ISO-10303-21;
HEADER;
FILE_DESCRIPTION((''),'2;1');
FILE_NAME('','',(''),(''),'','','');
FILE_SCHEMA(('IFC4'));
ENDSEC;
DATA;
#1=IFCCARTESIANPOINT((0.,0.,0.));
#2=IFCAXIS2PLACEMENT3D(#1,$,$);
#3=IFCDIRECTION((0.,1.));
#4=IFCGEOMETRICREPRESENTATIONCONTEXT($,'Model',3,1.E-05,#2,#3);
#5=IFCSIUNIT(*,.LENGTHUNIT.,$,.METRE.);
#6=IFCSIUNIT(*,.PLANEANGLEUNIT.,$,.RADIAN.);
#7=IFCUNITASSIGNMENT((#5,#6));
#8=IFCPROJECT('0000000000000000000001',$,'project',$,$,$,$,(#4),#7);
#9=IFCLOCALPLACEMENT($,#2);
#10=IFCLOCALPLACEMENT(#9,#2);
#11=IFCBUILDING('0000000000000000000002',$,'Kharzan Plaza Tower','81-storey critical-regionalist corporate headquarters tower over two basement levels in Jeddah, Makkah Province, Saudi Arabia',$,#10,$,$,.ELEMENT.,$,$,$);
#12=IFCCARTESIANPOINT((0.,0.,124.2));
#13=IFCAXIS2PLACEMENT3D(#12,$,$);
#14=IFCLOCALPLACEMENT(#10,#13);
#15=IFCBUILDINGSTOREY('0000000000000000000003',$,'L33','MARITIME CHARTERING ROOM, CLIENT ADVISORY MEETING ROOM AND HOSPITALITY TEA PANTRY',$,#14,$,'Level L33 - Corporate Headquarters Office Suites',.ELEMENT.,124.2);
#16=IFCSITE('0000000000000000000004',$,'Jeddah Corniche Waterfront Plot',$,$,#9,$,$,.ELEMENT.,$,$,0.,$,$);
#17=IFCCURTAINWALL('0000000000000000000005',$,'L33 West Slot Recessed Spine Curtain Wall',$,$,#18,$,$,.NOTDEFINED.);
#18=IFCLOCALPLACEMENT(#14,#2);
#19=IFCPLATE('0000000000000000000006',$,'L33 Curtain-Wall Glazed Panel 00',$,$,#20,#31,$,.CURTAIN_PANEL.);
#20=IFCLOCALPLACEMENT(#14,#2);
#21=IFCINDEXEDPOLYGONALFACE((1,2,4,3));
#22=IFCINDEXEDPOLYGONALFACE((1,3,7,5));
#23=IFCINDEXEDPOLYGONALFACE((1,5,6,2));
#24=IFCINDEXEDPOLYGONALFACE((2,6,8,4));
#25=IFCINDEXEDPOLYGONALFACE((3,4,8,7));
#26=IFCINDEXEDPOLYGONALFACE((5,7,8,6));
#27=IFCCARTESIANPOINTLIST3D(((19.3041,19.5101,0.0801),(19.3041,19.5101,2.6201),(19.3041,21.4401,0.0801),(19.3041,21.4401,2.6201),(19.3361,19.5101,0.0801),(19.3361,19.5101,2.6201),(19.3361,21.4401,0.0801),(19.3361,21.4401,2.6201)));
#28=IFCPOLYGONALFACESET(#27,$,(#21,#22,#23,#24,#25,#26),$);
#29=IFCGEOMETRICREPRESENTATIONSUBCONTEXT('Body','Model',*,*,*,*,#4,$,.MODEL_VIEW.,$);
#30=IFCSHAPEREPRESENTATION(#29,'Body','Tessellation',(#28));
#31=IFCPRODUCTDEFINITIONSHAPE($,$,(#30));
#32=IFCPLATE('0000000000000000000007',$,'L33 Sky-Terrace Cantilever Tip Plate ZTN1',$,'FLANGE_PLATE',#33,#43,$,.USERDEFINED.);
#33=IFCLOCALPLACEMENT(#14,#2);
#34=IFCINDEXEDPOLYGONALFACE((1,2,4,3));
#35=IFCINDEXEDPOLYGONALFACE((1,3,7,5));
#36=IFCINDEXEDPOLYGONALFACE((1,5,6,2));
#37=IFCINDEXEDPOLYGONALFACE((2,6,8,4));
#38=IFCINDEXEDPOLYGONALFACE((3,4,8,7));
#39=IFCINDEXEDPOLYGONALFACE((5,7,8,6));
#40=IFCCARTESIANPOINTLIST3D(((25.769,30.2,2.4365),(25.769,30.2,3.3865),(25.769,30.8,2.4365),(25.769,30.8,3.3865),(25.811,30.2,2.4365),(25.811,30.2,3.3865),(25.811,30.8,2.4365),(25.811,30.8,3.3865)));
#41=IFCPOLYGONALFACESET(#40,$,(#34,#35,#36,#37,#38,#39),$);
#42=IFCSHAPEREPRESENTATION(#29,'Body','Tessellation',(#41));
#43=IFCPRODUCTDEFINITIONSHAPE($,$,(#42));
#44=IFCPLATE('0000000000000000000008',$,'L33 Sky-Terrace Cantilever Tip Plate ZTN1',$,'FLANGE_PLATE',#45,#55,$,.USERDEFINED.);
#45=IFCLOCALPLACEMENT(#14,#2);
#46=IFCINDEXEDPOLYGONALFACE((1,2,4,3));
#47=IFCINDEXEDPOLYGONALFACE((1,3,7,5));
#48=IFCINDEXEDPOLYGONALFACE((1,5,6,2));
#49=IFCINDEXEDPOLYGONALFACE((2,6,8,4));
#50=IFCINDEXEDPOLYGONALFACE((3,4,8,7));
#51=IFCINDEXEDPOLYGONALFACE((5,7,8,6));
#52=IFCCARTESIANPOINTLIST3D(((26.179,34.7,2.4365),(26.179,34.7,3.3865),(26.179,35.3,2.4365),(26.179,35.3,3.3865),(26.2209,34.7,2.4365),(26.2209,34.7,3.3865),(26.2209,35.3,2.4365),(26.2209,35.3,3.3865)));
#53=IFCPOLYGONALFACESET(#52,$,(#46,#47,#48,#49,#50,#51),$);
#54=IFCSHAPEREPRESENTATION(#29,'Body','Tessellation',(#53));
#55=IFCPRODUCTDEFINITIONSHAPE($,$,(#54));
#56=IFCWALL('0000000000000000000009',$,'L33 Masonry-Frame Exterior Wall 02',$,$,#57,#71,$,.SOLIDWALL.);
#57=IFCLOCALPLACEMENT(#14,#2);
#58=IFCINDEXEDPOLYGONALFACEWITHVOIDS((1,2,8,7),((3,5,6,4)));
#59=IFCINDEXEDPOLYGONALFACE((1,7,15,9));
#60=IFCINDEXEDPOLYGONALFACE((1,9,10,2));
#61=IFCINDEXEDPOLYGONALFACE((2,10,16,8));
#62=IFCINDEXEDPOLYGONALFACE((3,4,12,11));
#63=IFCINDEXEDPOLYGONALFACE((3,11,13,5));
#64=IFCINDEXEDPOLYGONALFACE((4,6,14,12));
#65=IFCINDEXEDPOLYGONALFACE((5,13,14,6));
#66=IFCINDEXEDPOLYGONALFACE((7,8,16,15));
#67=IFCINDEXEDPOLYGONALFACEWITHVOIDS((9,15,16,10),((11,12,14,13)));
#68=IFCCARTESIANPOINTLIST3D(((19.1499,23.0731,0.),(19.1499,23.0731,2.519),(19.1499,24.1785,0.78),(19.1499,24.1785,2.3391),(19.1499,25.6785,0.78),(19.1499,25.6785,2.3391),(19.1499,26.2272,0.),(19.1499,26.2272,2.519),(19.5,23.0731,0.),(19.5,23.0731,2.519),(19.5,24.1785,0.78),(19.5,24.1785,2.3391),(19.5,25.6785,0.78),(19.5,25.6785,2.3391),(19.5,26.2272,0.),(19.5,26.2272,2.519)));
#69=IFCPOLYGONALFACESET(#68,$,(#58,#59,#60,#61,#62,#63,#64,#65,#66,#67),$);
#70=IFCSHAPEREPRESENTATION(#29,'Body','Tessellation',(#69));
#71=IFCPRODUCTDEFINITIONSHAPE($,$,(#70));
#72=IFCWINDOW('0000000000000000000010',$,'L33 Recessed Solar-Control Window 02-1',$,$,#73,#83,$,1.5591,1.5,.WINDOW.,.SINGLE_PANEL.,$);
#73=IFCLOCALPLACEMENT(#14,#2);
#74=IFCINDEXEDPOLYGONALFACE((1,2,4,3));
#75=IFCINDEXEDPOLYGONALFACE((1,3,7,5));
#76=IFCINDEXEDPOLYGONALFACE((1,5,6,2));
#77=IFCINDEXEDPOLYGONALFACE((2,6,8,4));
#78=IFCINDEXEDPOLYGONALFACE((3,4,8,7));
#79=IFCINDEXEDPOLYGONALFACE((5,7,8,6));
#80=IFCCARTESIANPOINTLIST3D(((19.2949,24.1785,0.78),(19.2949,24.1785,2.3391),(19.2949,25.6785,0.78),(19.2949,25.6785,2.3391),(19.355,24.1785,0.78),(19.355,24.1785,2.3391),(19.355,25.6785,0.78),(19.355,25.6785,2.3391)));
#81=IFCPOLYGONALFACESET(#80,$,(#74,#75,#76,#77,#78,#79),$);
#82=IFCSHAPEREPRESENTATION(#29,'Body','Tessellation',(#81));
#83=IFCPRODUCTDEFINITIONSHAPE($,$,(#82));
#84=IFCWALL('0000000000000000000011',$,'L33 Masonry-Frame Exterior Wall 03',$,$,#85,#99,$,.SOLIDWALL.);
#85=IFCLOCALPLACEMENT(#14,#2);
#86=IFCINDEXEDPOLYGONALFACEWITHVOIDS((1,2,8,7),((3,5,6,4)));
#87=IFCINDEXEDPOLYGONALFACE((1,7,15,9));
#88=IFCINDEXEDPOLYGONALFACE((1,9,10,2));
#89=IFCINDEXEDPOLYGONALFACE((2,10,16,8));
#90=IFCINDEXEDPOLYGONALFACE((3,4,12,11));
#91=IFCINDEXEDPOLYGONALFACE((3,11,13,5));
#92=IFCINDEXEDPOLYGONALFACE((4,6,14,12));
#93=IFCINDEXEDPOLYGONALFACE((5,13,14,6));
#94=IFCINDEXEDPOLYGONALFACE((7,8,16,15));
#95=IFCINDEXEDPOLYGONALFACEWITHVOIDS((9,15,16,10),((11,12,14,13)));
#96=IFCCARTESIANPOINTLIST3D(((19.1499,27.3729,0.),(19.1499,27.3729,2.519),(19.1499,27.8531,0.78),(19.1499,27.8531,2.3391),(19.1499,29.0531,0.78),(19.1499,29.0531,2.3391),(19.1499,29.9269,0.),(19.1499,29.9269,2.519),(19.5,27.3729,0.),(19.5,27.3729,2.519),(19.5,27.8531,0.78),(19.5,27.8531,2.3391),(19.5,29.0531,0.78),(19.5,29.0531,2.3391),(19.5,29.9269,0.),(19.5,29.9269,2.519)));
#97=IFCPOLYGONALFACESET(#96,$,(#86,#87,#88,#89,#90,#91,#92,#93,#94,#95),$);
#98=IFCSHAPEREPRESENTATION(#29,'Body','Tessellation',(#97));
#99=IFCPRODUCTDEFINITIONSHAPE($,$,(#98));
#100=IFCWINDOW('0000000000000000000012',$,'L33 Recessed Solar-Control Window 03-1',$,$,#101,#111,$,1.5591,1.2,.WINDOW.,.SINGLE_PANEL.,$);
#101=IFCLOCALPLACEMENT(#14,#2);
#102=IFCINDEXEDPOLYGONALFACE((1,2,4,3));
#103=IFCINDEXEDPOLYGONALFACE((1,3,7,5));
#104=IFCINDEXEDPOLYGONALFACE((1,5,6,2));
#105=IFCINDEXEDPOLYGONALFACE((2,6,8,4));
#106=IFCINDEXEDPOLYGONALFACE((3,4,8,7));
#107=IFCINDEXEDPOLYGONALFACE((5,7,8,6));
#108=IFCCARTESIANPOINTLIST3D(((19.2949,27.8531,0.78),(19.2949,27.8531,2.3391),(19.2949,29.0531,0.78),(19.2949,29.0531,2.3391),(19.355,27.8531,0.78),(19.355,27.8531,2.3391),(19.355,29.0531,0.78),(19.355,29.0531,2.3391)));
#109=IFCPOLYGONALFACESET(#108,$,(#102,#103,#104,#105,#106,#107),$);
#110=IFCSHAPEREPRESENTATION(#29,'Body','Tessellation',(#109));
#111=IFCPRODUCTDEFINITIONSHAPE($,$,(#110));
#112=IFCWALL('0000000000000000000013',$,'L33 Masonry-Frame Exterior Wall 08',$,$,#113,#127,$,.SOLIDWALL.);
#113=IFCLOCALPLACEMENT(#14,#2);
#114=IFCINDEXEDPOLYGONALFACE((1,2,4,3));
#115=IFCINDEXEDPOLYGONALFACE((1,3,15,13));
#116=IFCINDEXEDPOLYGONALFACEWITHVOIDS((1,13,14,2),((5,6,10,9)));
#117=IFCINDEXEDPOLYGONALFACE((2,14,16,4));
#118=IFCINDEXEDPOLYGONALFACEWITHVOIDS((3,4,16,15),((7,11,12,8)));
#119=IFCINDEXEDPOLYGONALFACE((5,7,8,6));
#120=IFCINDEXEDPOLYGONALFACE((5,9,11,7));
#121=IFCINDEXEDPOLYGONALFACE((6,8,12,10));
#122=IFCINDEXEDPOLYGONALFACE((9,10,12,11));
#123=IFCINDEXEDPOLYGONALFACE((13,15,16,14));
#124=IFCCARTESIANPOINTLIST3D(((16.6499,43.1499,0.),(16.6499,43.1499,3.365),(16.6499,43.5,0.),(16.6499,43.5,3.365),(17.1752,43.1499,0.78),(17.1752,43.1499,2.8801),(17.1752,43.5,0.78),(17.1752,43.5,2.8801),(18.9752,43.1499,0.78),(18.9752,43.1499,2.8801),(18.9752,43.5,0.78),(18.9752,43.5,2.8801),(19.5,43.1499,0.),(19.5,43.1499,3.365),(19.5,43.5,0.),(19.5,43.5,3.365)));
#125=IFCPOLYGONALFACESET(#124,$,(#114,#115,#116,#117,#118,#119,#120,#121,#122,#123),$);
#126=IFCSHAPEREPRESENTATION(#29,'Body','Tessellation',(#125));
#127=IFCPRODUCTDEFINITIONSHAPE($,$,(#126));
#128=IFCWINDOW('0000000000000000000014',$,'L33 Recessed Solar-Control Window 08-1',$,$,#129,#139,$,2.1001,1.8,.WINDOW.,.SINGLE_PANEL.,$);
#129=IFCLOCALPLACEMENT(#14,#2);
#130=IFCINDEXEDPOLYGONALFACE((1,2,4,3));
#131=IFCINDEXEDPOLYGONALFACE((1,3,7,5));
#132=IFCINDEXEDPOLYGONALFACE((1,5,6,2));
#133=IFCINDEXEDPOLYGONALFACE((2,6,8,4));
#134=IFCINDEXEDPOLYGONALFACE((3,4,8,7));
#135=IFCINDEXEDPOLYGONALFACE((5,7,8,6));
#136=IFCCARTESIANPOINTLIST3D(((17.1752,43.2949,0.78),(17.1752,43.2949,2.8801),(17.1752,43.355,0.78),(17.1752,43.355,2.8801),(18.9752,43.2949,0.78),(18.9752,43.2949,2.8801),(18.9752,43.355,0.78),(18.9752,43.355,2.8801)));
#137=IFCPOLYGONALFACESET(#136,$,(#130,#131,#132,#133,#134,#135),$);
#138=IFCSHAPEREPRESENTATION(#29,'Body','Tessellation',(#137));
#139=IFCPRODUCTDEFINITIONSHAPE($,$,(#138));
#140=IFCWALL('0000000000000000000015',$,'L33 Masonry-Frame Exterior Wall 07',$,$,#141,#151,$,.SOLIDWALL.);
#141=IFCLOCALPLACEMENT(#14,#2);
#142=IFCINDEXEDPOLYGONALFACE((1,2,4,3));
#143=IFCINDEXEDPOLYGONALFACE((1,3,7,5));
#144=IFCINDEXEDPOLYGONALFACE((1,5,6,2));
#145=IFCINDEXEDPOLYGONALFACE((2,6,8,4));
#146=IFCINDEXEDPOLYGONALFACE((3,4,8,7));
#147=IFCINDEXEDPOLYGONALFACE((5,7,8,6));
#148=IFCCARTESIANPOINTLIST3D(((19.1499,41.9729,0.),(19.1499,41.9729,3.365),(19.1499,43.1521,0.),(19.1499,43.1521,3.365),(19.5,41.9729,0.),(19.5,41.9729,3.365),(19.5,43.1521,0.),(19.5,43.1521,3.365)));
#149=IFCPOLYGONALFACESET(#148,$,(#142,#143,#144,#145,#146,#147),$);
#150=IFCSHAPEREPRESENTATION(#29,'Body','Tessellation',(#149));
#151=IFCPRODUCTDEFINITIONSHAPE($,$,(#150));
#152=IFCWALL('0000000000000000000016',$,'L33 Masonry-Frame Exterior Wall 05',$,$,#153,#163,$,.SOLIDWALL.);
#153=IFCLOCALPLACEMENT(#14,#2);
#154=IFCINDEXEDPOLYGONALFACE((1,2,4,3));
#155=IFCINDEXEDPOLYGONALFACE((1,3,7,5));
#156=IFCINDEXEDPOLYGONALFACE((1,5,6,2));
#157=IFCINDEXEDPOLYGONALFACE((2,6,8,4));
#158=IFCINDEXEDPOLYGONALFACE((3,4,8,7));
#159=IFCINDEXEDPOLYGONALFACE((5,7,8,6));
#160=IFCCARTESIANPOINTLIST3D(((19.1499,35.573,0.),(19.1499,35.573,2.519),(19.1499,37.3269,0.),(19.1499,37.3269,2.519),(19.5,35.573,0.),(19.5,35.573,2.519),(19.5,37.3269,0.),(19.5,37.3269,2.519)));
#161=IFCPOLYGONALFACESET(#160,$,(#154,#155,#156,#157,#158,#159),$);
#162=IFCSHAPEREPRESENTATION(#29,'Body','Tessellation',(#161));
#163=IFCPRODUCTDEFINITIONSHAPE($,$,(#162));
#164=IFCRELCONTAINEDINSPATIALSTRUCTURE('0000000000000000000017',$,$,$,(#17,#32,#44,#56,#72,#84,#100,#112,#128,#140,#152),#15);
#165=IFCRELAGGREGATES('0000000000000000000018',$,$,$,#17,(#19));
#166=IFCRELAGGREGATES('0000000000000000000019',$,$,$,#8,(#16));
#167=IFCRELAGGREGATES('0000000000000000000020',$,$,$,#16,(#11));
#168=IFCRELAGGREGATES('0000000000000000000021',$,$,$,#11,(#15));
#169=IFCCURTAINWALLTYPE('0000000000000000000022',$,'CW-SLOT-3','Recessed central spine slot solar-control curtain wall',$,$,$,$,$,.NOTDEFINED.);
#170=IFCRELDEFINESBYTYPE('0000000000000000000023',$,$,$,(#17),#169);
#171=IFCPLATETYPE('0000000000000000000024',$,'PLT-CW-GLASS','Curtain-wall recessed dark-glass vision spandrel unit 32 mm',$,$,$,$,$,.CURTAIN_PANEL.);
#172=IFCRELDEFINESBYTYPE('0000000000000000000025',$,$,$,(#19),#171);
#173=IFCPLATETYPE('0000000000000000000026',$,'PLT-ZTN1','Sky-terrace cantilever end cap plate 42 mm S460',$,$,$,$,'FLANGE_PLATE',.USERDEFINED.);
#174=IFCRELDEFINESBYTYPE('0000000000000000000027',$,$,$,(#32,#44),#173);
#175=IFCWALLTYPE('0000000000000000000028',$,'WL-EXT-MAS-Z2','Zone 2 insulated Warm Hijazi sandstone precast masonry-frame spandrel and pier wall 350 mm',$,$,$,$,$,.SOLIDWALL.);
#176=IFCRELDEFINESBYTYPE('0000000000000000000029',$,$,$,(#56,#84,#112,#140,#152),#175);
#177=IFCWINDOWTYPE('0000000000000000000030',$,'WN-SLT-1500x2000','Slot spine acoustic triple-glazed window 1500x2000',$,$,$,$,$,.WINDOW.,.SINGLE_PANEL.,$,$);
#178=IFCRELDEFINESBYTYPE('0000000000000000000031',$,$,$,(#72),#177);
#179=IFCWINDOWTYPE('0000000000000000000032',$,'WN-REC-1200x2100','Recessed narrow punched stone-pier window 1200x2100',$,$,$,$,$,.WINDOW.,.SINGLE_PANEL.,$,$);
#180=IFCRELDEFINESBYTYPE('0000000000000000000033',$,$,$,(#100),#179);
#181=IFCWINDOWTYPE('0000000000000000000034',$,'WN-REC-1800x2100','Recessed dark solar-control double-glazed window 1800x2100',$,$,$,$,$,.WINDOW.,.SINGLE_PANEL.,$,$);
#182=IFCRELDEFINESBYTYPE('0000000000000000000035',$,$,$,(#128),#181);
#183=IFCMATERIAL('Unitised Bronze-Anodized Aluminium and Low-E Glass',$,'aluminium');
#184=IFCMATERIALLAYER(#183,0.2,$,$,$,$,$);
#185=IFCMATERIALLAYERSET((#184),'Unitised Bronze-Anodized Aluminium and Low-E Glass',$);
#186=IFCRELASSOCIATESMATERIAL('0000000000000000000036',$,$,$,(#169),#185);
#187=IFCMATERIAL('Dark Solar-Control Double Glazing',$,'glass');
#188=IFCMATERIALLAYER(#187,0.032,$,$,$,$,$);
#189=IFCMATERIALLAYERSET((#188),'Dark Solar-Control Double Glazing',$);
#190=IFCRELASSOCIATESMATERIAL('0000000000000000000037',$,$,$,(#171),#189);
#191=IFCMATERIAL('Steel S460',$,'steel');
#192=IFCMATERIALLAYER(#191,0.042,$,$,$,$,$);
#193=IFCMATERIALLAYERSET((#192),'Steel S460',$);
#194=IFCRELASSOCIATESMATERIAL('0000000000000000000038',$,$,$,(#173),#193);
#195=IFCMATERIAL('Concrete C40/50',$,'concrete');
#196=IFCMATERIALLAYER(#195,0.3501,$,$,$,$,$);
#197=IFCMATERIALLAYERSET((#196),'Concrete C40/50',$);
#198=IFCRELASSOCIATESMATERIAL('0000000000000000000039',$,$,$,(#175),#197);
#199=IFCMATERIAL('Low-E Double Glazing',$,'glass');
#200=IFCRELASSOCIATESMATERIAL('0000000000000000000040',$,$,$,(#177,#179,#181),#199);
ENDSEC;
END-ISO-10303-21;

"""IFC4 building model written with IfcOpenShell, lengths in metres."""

from ifc_helpers import new_model, si_unit, direction, frame, frame_2d, origin, origin_2d, place, context, subcontext, project, spatial, rectangle, extrude, source, transform, mapped, material, layer, layer_set, type_object, element, fill, aggregate, save


model = new_model("IFC4")

# Units and contexts
model_context = context("Model", 3, precision=1e-05, world=origin(), true_north=direction((0.0, 1.0)))
body_context = subcontext(model_context, "Body", "Model", "MODEL_VIEW")
ifc_project = project(units=[si_unit("LENGTHUNIT", "METRE"), si_unit("PLANEANGLEUNIT", "RADIAN")], contexts=[model_context])

# Site, building, storey
site_placement = place(None, origin())
site = spatial("IfcSite", under=ifc_project, at=site_placement, Name="Jeddah Corniche Waterfront Plot", CompositionType="ELEMENT", RefElevation=0.0)
building_placement = place(site_placement, origin())
building = spatial("IfcBuilding", under=site, at=building_placement, Name="Kharzan Plaza Tower", Description="81-storey critical-regionalist corporate headquarters tower over two basement levels in Jeddah, Makkah Province, Saudi Arabia", CompositionType="ELEMENT")
storey_placement = place(building_placement, frame((0.0, 0.0, 124.2)))
storey = spatial("IfcBuildingStorey", under=building, at=storey_placement, Name="L33", Description="MARITIME CHARTERING ROOM, CLIENT ADVISORY MEETING ROOM AND HOSPITALITY TEA PANTRY", LongName="Level L33 - Corporate Headquarters Office Suites", CompositionType="ELEMENT", Elevation=124.2)

# Curtain wall, plate
ifc_material_1 = material(Name="Unitised Bronze-Anodized Aluminium and Low-E Glass", Category="aluminium")
ifc_layer_1 = layer(ifc_material_1, 0.2)
ifc_layer_set_1 = layer_set([ifc_layer_1], Name="Unitised Bronze-Anodized Aluminium and Low-E Glass")
curtain_wall_type = type_object("IfcCurtainWallType", Name="CW-SLOT-3", Description="Recessed central spine slot solar-control curtain wall", PredefinedType="NOTDEFINED", material=ifc_layer_set_1)
curtain_wall_placement = place(storey_placement, origin())
curtain_wall = element("IfcCurtainWall", 1, at=curtain_wall_placement, inside=storey, type_object=curtain_wall_type, Name="L33 West Slot Recessed Spine Curtain Wall", PredefinedType="NOTDEFINED")
ifc_material_2 = material(Name="Dark Solar-Control Double Glazing", Category="glass")
ifc_layer_2 = layer(ifc_material_2, 0.032)
ifc_layer_set_2 = layer_set([ifc_layer_2], Name="Dark Solar-Control Double Glazing")
plate_type_1 = type_object("IfcPlateType", Name="PLT-CW-GLASS", Description="Curtain-wall recessed dark-glass vision spandrel unit 32 mm", PredefinedType="CURTAIN_PANEL", material=ifc_layer_set_2)
shared_shape_1 = source(origin(), body_context, "Body", "SweptSolid", [
    extrude(rectangle(XDim=1.9299, YDim=0.032, at=origin_2d()), origin(), (0.0, 0.0, 1.0), 2.54),
])
plate_placement = place(storey_placement, frame((19.3201, 20.4751, 0.0801), z_axis=(0.0, 0.0, 1.0), x_axis=(0.0, 1.0, 0.0)))
plate = element("IfcPlate", 2, at=plate_placement, type_object=plate_type_1, Name="L33 Curtain-Wall Glazed Panel 00", PredefinedType="CURTAIN_PANEL", context=body_context, shape_type="MappedRepresentation", body=[
    mapped(shared_shape_1, transform((0.0, 0.0, 0.0), x_axis=(1.0, 0.0, 0.0), y_axis=(0.0, 1.0, 0.0), z_axis=(0.0, 0.0, 1.0))),
])
aggregate(curtain_wall, [plate])

# Plates
ifc_material_3 = material(Name="Steel S460", Category="steel")
ifc_layer_3 = layer(ifc_material_3, 0.042)
ifc_layer_set_3 = layer_set([ifc_layer_3], Name="Steel S460")
plate_type_2 = type_object("IfcPlateType", Name="PLT-ZTN1", Description="Sky-terrace cantilever end cap plate 42 mm S460", ElementType="FLANGE_PLATE", PredefinedType="USERDEFINED", material=ifc_layer_set_3)
shared_shape_2 = source(origin(), body_context, "Body", "SweptSolid", [
    extrude(rectangle(XDim=0.6001, YDim=0.042, at=origin_2d()), origin(), (0.0, 0.0, 1.0), 0.95),
])
for number, where, z_axis, x_axis, name in (
    (3, (25.79, 30.5, 2.4365), (0.0, 0.0, 1.0), (0.0, 1.0, 0.0), "L33 Sky-Terrace Cantilever Tip Plate ZTN1"),
    (4, (26.2, 35.0, 2.4365), (0.0, 0.0, 1.0), (0.0, 1.0, 0.0), "L33 Sky-Terrace Cantilever Tip Plate ZTN1"),
):
    element("IfcPlate", number, at=place(storey_placement, frame(where, z_axis=z_axis, x_axis=x_axis)), inside=storey, type_object=plate_type_2, Name=name, ObjectType="FLANGE_PLATE", PredefinedType="USERDEFINED", context=body_context, shape_type="MappedRepresentation", body=[
        mapped(shared_shape_2, transform((0.0, 0.0, 0.0), x_axis=(1.0, 0.0, 0.0), y_axis=(0.0, 1.0, 0.0), z_axis=(0.0, 0.0, 1.0))),
    ])

# Walls, openings, windows
ifc_material_4 = material(Name="Concrete C40/50", Category="concrete")
ifc_layer_4 = layer(ifc_material_4, 0.3501)
ifc_layer_set_4 = layer_set([ifc_layer_4], Name="Concrete C40/50")
wall_type_1 = type_object("IfcWallType", Name="WL-EXT-MAS-Z2", Description="Zone 2 insulated Warm Hijazi sandstone precast masonry-frame spandrel and pier wall 350 mm", PredefinedType="SOLIDWALL", material=ifc_layer_set_4)
wall_1_placement = place(storey_placement, frame((19.325, 23.073, 0.0), z_axis=(0.0, 0.0, 1.0), x_axis=(0.0, 1.0, 0.0)))
wall_1 = element("IfcWall", 5, at=wall_1_placement, inside=storey, type_object=wall_type_1, Name="L33 Masonry-Frame Exterior Wall 02", PredefinedType="SOLIDWALL", context=body_context, shape_type="SweptSolid", body=[
    extrude(rectangle(XDim=3.1541, YDim=0.3501, at=frame_2d((1.5771, 0.0))), origin(), (0.0, 0.0, 1.0), 2.519),
])
opening_1_placement = place(wall_1_placement, frame((1.1055, 0.0, 0.78)))
opening_1 = element("IfcOpeningElement", 6, at=opening_1_placement, cuts=wall_1, PredefinedType="OPENING", context=body_context, shape_type="SweptSolid", body=[
    extrude(rectangle(XDim=1.5, YDim=1.5591, at=frame_2d((0.75, 0.7795))), frame((0.0, 0.1851, 0.0), z_axis=(0.0, -1.0, 0.0), x_axis=(1.0, 0.0, 0.0)), (0.0, 0.0, 1.0), 0.3701),
])
ifc_material_5 = material(Name="Low-E Double Glazing", Category="glass")
window_type_1 = type_object("IfcWindowType", Name="WN-SLT-1500x2000", Description="Slot spine acoustic triple-glazed window 1500x2000", PartitioningType="SINGLE_PANEL", PredefinedType="WINDOW", material=ifc_material_5)
shared_shape_3 = source(origin(), body_context, "Body", "SweptSolid", [
    extrude(rectangle(XDim=1.5, YDim=1.5591, at=frame_2d((0.75, 0.7795))), frame((0.0, 0.03, 0.0), z_axis=(0.0, -1.0, 0.0), x_axis=(1.0, 0.0, 0.0)), (0.0, 0.0, 1.0), 0.0601),
])
window_1_placement = place(opening_1_placement, origin())
window_1 = element("IfcWindow", 7, at=window_1_placement, inside=storey, type_object=window_type_1, Name="L33 Recessed Solar-Control Window 02-1", OverallHeight=1.5591, OverallWidth=1.5, PartitioningType="SINGLE_PANEL", PredefinedType="WINDOW", context=body_context, shape_type="MappedRepresentation", body=[
    mapped(shared_shape_3, transform((0.0, 0.0, 0.0), x_axis=(1.0, 0.0, 0.0), y_axis=(0.0, 1.0, 0.0), z_axis=(0.0, 0.0, 1.0))),
])
fill(opening_1, window_1)
wall_2_placement = place(storey_placement, frame((19.325, 27.373, 0.0), z_axis=(0.0, 0.0, 1.0), x_axis=(0.0, 1.0, 0.0)))
wall_2 = element("IfcWall", 8, at=wall_2_placement, inside=storey, type_object=wall_type_1, Name="L33 Masonry-Frame Exterior Wall 03", PredefinedType="SOLIDWALL", context=body_context, shape_type="SweptSolid", body=[
    extrude(rectangle(XDim=2.554, YDim=0.3501, at=frame_2d((1.2769, 0.0))), origin(), (0.0, 0.0, 1.0), 2.519),
])
opening_2_placement = place(wall_2_placement, frame((0.48, 0.0, 0.78)))
opening_2 = element("IfcOpeningElement", 9, at=opening_2_placement, cuts=wall_2, PredefinedType="OPENING", context=body_context, shape_type="SweptSolid", body=[
    extrude(rectangle(XDim=1.2, YDim=1.5591, at=frame_2d((0.6001, 0.7795))), frame((0.0, 0.1851, 0.0), z_axis=(0.0, -1.0, 0.0), x_axis=(1.0, 0.0, 0.0)), (0.0, 0.0, 1.0), 0.3701),
])
window_type_2 = type_object("IfcWindowType", Name="WN-REC-1200x2100", Description="Recessed narrow punched stone-pier window 1200x2100", PartitioningType="SINGLE_PANEL", PredefinedType="WINDOW", material=ifc_material_5)
shared_shape_4 = source(origin(), body_context, "Body", "SweptSolid", [
    extrude(rectangle(XDim=1.2, YDim=1.5591, at=frame_2d((0.6001, 0.7795))), frame((0.0, 0.03, 0.0), z_axis=(0.0, -1.0, 0.0), x_axis=(1.0, 0.0, 0.0)), (0.0, 0.0, 1.0), 0.0601),
])
window_2_placement = place(opening_2_placement, origin())
window_2 = element("IfcWindow", 10, at=window_2_placement, inside=storey, type_object=window_type_2, Name="L33 Recessed Solar-Control Window 03-1", OverallHeight=1.5591, OverallWidth=1.2, PartitioningType="SINGLE_PANEL", PredefinedType="WINDOW", context=body_context, shape_type="MappedRepresentation", body=[
    mapped(shared_shape_4, transform((0.0, 0.0, 0.0), x_axis=(1.0, 0.0, 0.0), y_axis=(0.0, 1.0, 0.0), z_axis=(0.0, 0.0, 1.0))),
])
fill(opening_2, window_2)
wall_3_placement = place(storey_placement, frame((19.5, 43.325, 0.0), z_axis=(0.0, 0.0, 1.0), x_axis=(-1.0, 0.0, 0.0)))
wall_3 = element("IfcWall", 11, at=wall_3_placement, inside=storey, type_object=wall_type_1, Name="L33 Masonry-Frame Exterior Wall 08", PredefinedType="SOLIDWALL", context=body_context, shape_type="SweptSolid", body=[
    extrude(rectangle(XDim=2.8501, YDim=0.3501, at=frame_2d((1.425, 0.0))), origin(), (0.0, 0.0, 1.0), 3.365),
])
opening_3_placement = place(wall_3_placement, frame((0.5249, 0.0, 0.78)))
opening_3 = element("IfcOpeningElement", 12, at=opening_3_placement, cuts=wall_3, PredefinedType="OPENING", context=body_context, shape_type="SweptSolid", body=[
    extrude(rectangle(XDim=1.8, YDim=2.1001, at=frame_2d((0.8999, 1.05))), frame((0.0, 0.1851, 0.0), z_axis=(0.0, -1.0, 0.0), x_axis=(1.0, 0.0, 0.0)), (0.0, 0.0, 1.0), 0.3701),
])
window_type_3 = type_object("IfcWindowType", Name="WN-REC-1800x2100", Description="Recessed dark solar-control double-glazed window 1800x2100", PartitioningType="SINGLE_PANEL", PredefinedType="WINDOW", material=ifc_material_5)
shared_shape_5 = source(origin(), body_context, "Body", "SweptSolid", [
    extrude(rectangle(XDim=1.8, YDim=2.1001, at=frame_2d((0.8999, 1.05))), frame((0.0, 0.03, 0.0), z_axis=(0.0, -1.0, 0.0), x_axis=(1.0, 0.0, 0.0)), (0.0, 0.0, 1.0), 0.0601),
])
window_3_placement = place(opening_3_placement, origin())
window_3 = element("IfcWindow", 13, at=window_3_placement, inside=storey, type_object=window_type_3, Name="L33 Recessed Solar-Control Window 08-1", OverallHeight=2.1001, OverallWidth=1.8, PartitioningType="SINGLE_PANEL", PredefinedType="WINDOW", context=body_context, shape_type="MappedRepresentation", body=[
    mapped(shared_shape_5, transform((0.0, 0.0, 0.0), x_axis=(1.0, 0.0, 0.0), y_axis=(0.0, 1.0, 0.0), z_axis=(0.0, 0.0, 1.0))),
])
fill(opening_3, window_3)

# Walls
shared_shape_6 = source(origin(), body_context, "Body", "SweptSolid", [
    extrude(rectangle(XDim=1.1792, YDim=0.3501, at=frame_2d((0.5896, 0.0))), origin(), (0.0, 0.0, 1.0), 3.365),
])
wall_4_placement = place(storey_placement, frame((19.325, 41.9729, 0.0), z_axis=(0.0, 0.0, 1.0), x_axis=(0.0, 1.0, 0.0)))
element("IfcWall", 14, at=wall_4_placement, inside=storey, type_object=wall_type_1, Name="L33 Masonry-Frame Exterior Wall 07", PredefinedType="SOLIDWALL", context=body_context, shape_type="MappedRepresentation", body=[
    mapped(shared_shape_6, transform((0.0, 0.0, 0.0), x_axis=(1.0, 0.0, 0.0), y_axis=(0.0, 1.0, 0.0), z_axis=(0.0, 0.0, 1.0))),
])
shared_shape_7 = source(origin(), body_context, "Body", "SweptSolid", [
    extrude(rectangle(XDim=1.7539, YDim=0.3501, at=frame_2d((0.877, 0.0))), origin(), (0.0, 0.0, 1.0), 2.519),
])
wall_5_placement = place(storey_placement, frame((19.325, 35.573, 0.0), z_axis=(0.0, 0.0, 1.0), x_axis=(0.0, 1.0, 0.0)))
element("IfcWall", 15, at=wall_5_placement, inside=storey, type_object=wall_type_1, Name="L33 Masonry-Frame Exterior Wall 05", PredefinedType="SOLIDWALL", context=body_context, shape_type="MappedRepresentation", body=[
    mapped(shared_shape_7, transform((0.0, 0.0, 0.0), x_axis=(1.0, 0.0, 0.0), y_axis=(0.0, 1.0, 0.0), z_axis=(0.0, 0.0, 1.0))),
])

save(model, "model.ifc")
